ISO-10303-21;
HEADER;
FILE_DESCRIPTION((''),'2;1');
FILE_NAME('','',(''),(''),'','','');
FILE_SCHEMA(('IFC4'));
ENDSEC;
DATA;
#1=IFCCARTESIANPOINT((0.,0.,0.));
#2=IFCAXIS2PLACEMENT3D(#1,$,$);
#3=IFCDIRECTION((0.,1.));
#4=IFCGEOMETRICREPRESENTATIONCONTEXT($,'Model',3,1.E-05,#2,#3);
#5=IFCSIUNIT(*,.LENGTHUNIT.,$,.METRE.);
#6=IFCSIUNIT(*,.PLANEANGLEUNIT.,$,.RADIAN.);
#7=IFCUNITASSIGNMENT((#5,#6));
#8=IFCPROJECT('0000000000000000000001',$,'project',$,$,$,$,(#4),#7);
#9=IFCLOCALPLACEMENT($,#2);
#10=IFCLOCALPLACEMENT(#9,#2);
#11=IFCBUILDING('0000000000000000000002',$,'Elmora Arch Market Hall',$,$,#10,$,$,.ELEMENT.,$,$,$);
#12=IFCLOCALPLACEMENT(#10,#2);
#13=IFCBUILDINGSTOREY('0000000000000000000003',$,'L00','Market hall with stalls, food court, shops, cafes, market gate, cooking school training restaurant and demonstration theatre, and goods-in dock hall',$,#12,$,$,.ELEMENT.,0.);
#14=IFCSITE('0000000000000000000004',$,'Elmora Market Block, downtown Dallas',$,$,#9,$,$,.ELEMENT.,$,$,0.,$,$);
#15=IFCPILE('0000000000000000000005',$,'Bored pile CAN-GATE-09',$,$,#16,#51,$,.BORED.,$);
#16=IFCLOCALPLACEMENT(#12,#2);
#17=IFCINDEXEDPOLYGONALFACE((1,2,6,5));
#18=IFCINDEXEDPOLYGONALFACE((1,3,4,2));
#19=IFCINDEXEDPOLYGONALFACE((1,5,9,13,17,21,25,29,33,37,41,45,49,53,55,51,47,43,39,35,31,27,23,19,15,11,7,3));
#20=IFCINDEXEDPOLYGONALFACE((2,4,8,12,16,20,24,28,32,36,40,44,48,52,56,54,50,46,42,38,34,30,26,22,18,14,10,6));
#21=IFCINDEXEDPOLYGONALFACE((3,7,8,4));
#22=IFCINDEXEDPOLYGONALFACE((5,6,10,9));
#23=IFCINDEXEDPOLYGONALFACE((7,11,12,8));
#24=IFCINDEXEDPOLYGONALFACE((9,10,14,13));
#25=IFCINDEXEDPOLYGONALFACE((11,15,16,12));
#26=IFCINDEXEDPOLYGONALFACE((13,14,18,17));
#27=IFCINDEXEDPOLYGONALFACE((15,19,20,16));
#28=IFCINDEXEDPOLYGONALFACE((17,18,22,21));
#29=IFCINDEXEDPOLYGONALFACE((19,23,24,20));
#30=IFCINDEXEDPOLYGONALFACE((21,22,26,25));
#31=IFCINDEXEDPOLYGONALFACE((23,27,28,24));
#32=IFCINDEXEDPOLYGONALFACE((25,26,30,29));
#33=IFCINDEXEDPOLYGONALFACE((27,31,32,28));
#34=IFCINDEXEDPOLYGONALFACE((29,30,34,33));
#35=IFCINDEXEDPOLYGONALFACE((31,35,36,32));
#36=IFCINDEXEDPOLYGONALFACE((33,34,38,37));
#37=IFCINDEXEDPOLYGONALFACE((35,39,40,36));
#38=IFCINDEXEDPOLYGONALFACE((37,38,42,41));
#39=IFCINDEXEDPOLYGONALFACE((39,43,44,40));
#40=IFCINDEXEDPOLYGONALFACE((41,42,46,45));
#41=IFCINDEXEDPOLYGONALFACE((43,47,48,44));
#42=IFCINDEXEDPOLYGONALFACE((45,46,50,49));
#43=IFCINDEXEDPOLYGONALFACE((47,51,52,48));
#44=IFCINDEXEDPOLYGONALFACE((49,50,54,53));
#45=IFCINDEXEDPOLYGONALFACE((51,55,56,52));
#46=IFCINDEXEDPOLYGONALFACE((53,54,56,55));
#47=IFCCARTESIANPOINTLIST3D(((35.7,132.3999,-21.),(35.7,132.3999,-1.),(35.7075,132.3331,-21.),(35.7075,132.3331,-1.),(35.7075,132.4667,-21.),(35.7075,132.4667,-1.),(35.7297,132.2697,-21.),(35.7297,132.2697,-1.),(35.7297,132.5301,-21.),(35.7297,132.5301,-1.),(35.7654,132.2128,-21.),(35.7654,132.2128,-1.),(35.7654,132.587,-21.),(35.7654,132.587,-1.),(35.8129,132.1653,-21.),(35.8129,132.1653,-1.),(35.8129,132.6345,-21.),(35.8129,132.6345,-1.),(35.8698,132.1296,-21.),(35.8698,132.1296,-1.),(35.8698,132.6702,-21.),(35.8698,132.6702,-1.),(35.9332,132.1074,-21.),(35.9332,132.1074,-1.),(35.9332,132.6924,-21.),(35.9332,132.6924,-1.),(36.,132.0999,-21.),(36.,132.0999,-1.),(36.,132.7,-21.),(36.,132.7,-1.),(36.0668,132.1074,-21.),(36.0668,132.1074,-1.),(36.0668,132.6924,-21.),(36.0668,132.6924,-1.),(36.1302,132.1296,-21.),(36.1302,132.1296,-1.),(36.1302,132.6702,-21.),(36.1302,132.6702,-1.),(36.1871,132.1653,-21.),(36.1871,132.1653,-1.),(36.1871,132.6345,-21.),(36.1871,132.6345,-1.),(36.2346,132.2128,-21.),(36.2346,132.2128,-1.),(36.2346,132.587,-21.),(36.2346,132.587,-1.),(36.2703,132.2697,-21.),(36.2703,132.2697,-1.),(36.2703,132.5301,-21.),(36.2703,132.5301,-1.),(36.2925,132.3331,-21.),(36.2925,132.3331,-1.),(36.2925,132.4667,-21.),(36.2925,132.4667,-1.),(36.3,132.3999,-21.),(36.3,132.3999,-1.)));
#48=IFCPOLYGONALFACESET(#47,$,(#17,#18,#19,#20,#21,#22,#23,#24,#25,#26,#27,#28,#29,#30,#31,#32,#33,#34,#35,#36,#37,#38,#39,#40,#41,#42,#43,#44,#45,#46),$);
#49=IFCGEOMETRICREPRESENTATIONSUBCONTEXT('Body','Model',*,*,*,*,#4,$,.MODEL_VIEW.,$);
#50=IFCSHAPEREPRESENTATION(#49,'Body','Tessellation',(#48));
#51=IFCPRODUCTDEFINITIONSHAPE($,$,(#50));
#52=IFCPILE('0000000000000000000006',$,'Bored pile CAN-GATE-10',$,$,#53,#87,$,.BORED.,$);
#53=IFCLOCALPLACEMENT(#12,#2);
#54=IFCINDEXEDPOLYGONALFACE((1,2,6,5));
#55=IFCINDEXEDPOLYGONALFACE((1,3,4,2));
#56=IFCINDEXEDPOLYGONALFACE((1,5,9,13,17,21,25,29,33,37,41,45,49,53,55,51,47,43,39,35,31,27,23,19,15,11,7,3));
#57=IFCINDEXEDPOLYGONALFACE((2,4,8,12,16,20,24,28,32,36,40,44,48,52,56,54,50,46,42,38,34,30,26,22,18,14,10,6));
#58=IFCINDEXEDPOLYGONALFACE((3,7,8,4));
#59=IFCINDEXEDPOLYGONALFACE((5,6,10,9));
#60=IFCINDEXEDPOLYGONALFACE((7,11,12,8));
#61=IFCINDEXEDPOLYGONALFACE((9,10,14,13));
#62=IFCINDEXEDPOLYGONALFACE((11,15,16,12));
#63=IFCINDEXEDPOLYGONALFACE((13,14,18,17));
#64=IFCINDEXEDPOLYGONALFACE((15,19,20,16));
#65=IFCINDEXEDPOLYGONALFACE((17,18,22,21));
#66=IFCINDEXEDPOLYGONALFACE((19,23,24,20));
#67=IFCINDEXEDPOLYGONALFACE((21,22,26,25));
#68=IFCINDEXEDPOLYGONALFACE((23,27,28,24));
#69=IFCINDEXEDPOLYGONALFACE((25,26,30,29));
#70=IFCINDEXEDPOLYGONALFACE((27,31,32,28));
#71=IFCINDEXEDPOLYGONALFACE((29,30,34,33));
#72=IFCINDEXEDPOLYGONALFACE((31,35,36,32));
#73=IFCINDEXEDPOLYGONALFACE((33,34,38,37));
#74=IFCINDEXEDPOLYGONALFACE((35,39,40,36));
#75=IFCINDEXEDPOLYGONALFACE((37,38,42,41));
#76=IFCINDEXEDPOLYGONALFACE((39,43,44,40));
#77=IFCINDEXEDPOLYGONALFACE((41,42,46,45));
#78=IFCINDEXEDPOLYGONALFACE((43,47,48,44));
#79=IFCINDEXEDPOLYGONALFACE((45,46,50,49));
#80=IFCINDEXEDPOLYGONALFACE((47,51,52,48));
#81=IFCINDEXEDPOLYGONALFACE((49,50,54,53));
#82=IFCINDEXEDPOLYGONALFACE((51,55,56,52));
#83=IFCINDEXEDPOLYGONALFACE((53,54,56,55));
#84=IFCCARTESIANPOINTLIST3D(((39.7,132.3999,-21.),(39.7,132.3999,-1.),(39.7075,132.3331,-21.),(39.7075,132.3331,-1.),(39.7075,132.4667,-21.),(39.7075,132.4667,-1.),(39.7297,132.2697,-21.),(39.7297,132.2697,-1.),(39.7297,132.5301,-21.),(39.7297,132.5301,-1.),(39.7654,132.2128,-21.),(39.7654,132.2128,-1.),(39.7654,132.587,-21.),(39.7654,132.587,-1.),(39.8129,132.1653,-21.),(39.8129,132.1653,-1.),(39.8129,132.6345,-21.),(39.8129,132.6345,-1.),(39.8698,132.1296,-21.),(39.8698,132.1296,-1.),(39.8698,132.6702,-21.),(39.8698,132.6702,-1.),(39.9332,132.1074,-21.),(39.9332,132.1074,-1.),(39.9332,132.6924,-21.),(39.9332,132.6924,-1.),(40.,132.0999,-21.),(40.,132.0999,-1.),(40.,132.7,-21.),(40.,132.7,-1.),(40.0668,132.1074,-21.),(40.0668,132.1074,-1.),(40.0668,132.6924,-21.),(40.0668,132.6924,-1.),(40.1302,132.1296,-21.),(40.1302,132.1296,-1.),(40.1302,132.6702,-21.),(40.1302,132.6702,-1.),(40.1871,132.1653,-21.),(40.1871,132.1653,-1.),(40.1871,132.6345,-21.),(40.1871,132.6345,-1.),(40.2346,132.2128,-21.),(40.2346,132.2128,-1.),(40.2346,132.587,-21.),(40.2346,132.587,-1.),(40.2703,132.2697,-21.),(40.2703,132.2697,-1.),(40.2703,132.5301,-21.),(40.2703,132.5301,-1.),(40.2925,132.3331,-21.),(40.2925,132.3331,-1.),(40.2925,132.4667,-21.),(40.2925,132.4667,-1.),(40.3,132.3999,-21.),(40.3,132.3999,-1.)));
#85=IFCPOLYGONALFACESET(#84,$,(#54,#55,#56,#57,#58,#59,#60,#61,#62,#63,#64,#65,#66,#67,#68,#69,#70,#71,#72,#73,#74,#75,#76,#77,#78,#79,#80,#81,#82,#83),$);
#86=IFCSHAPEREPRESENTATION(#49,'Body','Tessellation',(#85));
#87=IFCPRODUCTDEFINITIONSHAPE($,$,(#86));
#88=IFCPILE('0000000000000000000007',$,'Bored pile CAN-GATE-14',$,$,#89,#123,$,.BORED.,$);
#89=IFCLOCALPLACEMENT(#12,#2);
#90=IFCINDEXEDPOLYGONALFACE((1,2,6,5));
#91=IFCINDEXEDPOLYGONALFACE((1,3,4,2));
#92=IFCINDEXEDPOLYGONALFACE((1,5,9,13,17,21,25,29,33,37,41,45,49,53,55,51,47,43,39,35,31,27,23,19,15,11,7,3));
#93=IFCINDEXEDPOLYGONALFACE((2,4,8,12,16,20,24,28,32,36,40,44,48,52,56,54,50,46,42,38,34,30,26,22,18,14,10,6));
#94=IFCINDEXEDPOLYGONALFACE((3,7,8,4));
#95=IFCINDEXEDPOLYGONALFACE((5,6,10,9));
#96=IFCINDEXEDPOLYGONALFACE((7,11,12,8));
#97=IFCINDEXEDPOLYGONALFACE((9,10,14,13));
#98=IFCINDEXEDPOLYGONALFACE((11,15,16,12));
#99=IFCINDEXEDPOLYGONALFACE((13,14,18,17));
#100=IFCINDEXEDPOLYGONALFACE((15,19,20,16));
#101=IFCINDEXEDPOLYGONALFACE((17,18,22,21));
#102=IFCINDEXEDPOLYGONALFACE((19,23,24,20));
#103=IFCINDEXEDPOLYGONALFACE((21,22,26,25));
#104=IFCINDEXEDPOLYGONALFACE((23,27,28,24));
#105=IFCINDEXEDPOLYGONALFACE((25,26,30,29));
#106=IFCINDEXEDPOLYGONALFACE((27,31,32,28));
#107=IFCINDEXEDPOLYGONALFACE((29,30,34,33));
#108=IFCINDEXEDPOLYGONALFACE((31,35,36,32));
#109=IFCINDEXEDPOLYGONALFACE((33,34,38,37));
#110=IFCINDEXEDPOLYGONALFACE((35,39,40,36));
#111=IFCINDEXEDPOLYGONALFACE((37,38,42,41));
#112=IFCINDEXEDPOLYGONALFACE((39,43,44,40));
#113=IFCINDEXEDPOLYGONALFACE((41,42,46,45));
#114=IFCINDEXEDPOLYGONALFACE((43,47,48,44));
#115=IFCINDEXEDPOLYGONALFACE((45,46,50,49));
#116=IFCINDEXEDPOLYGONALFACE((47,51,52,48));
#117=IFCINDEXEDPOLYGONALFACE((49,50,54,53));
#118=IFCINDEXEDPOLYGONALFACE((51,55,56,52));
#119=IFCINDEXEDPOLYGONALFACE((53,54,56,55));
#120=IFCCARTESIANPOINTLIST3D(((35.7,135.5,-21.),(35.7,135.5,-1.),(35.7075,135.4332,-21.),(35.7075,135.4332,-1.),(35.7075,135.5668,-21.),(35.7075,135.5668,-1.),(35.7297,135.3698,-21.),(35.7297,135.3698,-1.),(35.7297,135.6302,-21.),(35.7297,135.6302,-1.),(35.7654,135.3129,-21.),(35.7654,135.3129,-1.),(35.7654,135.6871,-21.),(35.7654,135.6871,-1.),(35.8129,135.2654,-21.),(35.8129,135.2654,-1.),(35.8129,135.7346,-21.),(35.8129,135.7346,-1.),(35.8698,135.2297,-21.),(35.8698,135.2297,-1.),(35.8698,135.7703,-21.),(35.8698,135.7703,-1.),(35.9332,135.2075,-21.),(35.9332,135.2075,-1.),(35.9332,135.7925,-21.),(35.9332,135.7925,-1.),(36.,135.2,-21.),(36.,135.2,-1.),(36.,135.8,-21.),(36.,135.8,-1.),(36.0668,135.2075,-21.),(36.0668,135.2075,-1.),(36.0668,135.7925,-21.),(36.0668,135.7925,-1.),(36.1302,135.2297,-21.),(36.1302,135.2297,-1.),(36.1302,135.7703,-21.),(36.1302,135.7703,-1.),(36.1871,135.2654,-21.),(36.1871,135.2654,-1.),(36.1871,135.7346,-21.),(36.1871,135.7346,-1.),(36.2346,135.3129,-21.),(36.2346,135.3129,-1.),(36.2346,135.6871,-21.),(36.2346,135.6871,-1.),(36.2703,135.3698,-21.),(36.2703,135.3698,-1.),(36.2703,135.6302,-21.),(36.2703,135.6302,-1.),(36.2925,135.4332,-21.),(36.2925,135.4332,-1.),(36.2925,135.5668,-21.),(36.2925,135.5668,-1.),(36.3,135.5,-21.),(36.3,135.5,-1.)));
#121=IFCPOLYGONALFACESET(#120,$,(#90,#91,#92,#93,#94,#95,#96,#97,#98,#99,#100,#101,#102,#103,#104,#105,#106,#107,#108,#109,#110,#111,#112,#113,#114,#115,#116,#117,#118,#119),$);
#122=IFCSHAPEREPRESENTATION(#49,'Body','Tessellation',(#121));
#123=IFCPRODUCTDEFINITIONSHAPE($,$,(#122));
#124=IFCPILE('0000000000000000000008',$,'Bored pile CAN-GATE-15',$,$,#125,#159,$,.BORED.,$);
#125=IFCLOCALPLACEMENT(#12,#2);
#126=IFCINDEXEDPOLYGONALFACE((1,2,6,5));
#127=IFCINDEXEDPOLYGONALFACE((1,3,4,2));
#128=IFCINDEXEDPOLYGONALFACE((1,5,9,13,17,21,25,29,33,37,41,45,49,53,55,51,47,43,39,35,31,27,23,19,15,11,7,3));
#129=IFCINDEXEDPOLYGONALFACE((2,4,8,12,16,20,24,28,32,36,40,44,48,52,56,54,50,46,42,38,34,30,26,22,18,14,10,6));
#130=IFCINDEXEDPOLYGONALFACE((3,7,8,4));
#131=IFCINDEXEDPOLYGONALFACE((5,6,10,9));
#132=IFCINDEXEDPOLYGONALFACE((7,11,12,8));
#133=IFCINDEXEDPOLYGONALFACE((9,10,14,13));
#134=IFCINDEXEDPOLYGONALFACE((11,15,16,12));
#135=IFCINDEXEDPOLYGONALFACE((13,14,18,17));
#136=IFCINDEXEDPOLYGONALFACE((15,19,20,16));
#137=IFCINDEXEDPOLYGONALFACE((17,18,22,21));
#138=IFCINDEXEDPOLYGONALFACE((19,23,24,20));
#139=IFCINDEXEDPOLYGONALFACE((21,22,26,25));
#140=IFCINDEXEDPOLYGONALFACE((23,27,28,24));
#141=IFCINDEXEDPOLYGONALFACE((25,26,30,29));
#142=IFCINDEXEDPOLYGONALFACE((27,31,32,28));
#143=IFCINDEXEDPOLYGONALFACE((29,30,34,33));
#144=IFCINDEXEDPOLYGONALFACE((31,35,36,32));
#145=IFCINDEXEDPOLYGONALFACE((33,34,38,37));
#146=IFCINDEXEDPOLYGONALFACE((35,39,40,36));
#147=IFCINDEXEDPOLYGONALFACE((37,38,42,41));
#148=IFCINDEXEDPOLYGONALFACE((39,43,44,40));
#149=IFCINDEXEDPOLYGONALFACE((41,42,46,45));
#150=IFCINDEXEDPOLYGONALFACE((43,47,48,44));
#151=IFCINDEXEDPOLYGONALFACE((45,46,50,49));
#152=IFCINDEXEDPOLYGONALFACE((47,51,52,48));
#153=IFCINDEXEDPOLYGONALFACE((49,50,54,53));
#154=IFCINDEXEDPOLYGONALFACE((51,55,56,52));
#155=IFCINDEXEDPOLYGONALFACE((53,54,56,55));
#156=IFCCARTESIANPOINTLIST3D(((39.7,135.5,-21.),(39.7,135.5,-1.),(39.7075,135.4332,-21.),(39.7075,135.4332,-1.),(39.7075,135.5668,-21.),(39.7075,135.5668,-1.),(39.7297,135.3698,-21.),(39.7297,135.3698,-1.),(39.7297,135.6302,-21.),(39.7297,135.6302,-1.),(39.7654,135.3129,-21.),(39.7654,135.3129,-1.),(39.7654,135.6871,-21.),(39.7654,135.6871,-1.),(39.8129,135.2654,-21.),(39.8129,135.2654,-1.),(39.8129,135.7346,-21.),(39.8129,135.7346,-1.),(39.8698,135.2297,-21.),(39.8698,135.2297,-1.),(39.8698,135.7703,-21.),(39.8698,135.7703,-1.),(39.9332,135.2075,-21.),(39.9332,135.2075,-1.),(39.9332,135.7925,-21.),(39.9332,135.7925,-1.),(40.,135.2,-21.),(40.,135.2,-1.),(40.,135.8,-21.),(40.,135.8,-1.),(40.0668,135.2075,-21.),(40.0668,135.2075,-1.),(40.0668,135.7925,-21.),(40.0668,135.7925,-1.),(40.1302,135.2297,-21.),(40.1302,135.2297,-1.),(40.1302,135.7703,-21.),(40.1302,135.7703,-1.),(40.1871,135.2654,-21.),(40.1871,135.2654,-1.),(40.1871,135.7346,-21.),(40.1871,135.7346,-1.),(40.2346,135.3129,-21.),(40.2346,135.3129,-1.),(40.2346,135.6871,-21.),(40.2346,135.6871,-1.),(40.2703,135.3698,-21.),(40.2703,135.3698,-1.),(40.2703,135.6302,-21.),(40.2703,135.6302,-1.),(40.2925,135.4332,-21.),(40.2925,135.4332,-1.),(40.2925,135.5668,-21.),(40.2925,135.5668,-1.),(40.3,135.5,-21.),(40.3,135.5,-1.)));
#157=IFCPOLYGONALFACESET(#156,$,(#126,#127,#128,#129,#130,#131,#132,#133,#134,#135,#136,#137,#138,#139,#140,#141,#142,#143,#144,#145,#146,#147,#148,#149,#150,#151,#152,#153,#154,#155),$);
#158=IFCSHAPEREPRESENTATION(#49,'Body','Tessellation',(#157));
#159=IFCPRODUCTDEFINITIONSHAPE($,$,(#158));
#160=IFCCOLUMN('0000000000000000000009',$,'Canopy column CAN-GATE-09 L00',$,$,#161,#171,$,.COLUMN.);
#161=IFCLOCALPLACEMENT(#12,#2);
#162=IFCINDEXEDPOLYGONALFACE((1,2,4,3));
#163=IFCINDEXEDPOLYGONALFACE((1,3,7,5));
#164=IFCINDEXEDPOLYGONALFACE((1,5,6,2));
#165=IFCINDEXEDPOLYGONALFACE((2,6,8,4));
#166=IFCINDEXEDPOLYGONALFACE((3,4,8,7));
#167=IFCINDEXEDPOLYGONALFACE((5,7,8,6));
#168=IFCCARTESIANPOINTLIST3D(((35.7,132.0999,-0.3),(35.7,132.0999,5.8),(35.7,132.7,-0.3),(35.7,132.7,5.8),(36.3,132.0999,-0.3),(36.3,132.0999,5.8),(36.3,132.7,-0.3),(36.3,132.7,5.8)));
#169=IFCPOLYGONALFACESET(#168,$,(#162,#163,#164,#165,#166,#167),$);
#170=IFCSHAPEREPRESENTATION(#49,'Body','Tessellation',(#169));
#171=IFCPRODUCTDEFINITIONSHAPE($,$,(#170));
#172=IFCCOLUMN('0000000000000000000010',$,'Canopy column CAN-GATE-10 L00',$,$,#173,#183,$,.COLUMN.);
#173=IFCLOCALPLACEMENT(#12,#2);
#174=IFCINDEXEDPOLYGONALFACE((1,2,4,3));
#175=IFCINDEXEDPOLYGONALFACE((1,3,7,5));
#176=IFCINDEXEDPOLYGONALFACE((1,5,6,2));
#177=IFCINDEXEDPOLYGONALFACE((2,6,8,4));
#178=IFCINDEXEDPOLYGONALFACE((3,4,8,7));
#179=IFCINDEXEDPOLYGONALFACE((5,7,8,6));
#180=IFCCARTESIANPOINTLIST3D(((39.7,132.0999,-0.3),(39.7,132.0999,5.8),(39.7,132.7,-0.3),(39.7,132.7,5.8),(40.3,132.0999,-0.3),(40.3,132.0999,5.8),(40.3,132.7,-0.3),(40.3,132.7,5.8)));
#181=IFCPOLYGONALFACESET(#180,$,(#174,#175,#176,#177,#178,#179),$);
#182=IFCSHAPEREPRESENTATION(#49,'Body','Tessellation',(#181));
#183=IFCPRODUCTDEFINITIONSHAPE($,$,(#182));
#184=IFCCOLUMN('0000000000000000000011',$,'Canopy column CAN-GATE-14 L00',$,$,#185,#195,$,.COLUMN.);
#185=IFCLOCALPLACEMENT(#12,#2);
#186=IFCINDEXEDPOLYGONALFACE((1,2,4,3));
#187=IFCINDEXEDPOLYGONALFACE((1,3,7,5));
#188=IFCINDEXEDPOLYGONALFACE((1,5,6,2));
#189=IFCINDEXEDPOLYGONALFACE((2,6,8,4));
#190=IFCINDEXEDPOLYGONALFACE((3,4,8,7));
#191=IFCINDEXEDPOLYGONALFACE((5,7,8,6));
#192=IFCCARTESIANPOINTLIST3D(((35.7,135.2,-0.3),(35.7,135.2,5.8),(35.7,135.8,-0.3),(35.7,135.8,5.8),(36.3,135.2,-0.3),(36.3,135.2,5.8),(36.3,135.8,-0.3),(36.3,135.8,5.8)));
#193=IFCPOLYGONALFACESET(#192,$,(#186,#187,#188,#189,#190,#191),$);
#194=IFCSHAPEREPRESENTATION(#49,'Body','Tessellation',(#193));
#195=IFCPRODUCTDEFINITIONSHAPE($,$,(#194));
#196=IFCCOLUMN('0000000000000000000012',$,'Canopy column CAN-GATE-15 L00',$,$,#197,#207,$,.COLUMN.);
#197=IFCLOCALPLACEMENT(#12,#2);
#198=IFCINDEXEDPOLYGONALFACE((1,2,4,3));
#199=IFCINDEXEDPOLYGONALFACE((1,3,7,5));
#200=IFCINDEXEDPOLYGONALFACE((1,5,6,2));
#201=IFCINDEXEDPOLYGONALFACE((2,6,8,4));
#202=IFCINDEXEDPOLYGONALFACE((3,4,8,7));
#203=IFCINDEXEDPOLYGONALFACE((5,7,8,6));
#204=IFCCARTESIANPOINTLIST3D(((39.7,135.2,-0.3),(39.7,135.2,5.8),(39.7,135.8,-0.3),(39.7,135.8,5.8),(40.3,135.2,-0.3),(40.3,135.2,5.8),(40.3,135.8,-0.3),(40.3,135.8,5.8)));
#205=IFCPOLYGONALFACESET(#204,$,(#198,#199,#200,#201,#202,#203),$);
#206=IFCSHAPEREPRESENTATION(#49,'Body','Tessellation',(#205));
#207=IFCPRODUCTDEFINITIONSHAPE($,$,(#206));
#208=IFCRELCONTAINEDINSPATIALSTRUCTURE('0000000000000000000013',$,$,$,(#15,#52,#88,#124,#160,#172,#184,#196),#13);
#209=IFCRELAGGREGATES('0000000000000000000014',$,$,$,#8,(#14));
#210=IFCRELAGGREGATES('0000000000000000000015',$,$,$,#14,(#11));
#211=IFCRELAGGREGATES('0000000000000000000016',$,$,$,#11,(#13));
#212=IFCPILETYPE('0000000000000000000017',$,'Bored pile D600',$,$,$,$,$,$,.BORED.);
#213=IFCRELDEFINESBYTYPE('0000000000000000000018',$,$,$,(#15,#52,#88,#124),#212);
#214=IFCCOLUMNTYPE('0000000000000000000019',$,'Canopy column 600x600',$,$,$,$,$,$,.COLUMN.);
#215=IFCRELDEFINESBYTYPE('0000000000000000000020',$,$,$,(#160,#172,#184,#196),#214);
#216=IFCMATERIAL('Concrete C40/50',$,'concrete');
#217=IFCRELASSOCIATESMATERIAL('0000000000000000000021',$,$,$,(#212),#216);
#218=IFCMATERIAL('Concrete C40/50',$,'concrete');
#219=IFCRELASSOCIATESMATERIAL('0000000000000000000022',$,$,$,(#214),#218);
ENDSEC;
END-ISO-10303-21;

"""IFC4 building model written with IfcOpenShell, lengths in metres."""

from ifc_helpers import new_model, si_unit, direction, frame, origin, origin_2d, place, context, subcontext, project, spatial, rectangle, circle, extrude, material, material_profile, profile_set, type_object, element, save


model = new_model("IFC4")

# Units and contexts
model_context = context("Model", 3, precision=1e-05, world=origin(), true_north=direction((0.0, 1.0)))
body_context = subcontext(model_context, "Body", "Model", "MODEL_VIEW")
ifc_project = project(units=[si_unit("LENGTHUNIT", "METRE"), si_unit("PLANEANGLEUNIT", "RADIAN")], contexts=[model_context])

# Site, building, storey
site_placement = place(None, origin())
site = spatial("IfcSite", under=ifc_project, at=site_placement, Name="Elmora Market Block, downtown Dallas", CompositionType="ELEMENT", RefElevation=0.0)
building_placement = place(site_placement, origin())
building = spatial("IfcBuilding", under=site, at=building_placement, Name="Elmora Arch Market Hall", CompositionType="ELEMENT")
storey_placement = place(building_placement, origin())
storey = spatial("IfcBuildingStorey", under=building, at=storey_placement, Name="L00", Description="Market hall with stalls, food court, shops, cafes, market gate, cooking school training restaurant and demonstration theatre, and goods-in dock hall", CompositionType="ELEMENT", Elevation=0.0)

# Piles
ifc_material_1 = material(Name="Concrete C40/50", Category="concrete")
ifc_material_profile_1 = material_profile(ifc_material_1, circle(Radius=0.3, at=origin_2d()), Name="Bored pile D600")
ifc_profile_set_1 = profile_set([ifc_material_profile_1], Name="Concrete C40/50")
pile_type = type_object("IfcPileType", Name="Bored pile D600", PredefinedType="BORED", material=ifc_profile_set_1)
for number, where, z_axis, x_axis, name in (
    (1, (36.0, 132.3999, -1.0), (0.0, 0.0, -1.0), (1.0, 0.0, 0.0), "Bored pile CAN-GATE-09"),
    (2, (40.0, 132.3999, -1.0), (0.0, 0.0, -1.0), (1.0, 0.0, 0.0), "Bored pile CAN-GATE-10"),
    (3, (36.0, 135.5, -1.0), (0.0, 0.0, -1.0), (1.0, 0.0, 0.0), "Bored pile CAN-GATE-14"),
    (4, (40.0, 135.5, -1.0), (0.0, 0.0, -1.0), (1.0, 0.0, 0.0), "Bored pile CAN-GATE-15"),
):
    element("IfcPile", number, at=place(storey_placement, frame(where, z_axis=z_axis, x_axis=x_axis)), inside=storey, type_object=pile_type, Name=name, PredefinedType="BORED", context=body_context, shape_type="SweptSolid", body=[
        extrude(circle(Radius=0.3, at=origin_2d()), origin(), (0.0, 0.0, 1.0), 20.0),
    ])

# Columns
ifc_material_2 = material(Name="Concrete C40/50", Category="concrete")
ifc_material_profile_2 = material_profile(ifc_material_2, rectangle(XDim=0.6001, YDim=0.6001, at=origin_2d()), Name="Canopy column 600x600")
ifc_profile_set_2 = profile_set([ifc_material_profile_2], Name="Concrete C40/50")
column_type = type_object("IfcColumnType", Name="Canopy column 600x600", PredefinedType="COLUMN", material=ifc_profile_set_2)
for number, where, z_axis, x_axis, name in (
    (5, (36.0, 132.3999, -0.3), (0.0, 0.0, 1.0), (1.0, 0.0, 0.0), "Canopy column CAN-GATE-09 L00"),
    (6, (40.0, 132.3999, -0.3), (0.0, 0.0, 1.0), (1.0, 0.0, 0.0), "Canopy column CAN-GATE-10 L00"),
    (7, (36.0, 135.5, -0.3), (0.0, 0.0, 1.0), (1.0, 0.0, 0.0), "Canopy column CAN-GATE-14 L00"),
    (8, (40.0, 135.5, -0.3), (0.0, 0.0, 1.0), (1.0, 0.0, 0.0), "Canopy column CAN-GATE-15 L00"),
):
    element("IfcColumn", number, at=place(storey_placement, frame(where, z_axis=z_axis, x_axis=x_axis)), inside=storey, type_object=column_type, Name=name, PredefinedType="COLUMN", context=body_context, shape_type="SweptSolid", body=[
        extrude(rectangle(XDim=0.6001, YDim=0.6001, at=origin_2d()), origin(), (0.0, 0.0, 1.0), 6.1001),
    ])

save(model, "model.ifc")
